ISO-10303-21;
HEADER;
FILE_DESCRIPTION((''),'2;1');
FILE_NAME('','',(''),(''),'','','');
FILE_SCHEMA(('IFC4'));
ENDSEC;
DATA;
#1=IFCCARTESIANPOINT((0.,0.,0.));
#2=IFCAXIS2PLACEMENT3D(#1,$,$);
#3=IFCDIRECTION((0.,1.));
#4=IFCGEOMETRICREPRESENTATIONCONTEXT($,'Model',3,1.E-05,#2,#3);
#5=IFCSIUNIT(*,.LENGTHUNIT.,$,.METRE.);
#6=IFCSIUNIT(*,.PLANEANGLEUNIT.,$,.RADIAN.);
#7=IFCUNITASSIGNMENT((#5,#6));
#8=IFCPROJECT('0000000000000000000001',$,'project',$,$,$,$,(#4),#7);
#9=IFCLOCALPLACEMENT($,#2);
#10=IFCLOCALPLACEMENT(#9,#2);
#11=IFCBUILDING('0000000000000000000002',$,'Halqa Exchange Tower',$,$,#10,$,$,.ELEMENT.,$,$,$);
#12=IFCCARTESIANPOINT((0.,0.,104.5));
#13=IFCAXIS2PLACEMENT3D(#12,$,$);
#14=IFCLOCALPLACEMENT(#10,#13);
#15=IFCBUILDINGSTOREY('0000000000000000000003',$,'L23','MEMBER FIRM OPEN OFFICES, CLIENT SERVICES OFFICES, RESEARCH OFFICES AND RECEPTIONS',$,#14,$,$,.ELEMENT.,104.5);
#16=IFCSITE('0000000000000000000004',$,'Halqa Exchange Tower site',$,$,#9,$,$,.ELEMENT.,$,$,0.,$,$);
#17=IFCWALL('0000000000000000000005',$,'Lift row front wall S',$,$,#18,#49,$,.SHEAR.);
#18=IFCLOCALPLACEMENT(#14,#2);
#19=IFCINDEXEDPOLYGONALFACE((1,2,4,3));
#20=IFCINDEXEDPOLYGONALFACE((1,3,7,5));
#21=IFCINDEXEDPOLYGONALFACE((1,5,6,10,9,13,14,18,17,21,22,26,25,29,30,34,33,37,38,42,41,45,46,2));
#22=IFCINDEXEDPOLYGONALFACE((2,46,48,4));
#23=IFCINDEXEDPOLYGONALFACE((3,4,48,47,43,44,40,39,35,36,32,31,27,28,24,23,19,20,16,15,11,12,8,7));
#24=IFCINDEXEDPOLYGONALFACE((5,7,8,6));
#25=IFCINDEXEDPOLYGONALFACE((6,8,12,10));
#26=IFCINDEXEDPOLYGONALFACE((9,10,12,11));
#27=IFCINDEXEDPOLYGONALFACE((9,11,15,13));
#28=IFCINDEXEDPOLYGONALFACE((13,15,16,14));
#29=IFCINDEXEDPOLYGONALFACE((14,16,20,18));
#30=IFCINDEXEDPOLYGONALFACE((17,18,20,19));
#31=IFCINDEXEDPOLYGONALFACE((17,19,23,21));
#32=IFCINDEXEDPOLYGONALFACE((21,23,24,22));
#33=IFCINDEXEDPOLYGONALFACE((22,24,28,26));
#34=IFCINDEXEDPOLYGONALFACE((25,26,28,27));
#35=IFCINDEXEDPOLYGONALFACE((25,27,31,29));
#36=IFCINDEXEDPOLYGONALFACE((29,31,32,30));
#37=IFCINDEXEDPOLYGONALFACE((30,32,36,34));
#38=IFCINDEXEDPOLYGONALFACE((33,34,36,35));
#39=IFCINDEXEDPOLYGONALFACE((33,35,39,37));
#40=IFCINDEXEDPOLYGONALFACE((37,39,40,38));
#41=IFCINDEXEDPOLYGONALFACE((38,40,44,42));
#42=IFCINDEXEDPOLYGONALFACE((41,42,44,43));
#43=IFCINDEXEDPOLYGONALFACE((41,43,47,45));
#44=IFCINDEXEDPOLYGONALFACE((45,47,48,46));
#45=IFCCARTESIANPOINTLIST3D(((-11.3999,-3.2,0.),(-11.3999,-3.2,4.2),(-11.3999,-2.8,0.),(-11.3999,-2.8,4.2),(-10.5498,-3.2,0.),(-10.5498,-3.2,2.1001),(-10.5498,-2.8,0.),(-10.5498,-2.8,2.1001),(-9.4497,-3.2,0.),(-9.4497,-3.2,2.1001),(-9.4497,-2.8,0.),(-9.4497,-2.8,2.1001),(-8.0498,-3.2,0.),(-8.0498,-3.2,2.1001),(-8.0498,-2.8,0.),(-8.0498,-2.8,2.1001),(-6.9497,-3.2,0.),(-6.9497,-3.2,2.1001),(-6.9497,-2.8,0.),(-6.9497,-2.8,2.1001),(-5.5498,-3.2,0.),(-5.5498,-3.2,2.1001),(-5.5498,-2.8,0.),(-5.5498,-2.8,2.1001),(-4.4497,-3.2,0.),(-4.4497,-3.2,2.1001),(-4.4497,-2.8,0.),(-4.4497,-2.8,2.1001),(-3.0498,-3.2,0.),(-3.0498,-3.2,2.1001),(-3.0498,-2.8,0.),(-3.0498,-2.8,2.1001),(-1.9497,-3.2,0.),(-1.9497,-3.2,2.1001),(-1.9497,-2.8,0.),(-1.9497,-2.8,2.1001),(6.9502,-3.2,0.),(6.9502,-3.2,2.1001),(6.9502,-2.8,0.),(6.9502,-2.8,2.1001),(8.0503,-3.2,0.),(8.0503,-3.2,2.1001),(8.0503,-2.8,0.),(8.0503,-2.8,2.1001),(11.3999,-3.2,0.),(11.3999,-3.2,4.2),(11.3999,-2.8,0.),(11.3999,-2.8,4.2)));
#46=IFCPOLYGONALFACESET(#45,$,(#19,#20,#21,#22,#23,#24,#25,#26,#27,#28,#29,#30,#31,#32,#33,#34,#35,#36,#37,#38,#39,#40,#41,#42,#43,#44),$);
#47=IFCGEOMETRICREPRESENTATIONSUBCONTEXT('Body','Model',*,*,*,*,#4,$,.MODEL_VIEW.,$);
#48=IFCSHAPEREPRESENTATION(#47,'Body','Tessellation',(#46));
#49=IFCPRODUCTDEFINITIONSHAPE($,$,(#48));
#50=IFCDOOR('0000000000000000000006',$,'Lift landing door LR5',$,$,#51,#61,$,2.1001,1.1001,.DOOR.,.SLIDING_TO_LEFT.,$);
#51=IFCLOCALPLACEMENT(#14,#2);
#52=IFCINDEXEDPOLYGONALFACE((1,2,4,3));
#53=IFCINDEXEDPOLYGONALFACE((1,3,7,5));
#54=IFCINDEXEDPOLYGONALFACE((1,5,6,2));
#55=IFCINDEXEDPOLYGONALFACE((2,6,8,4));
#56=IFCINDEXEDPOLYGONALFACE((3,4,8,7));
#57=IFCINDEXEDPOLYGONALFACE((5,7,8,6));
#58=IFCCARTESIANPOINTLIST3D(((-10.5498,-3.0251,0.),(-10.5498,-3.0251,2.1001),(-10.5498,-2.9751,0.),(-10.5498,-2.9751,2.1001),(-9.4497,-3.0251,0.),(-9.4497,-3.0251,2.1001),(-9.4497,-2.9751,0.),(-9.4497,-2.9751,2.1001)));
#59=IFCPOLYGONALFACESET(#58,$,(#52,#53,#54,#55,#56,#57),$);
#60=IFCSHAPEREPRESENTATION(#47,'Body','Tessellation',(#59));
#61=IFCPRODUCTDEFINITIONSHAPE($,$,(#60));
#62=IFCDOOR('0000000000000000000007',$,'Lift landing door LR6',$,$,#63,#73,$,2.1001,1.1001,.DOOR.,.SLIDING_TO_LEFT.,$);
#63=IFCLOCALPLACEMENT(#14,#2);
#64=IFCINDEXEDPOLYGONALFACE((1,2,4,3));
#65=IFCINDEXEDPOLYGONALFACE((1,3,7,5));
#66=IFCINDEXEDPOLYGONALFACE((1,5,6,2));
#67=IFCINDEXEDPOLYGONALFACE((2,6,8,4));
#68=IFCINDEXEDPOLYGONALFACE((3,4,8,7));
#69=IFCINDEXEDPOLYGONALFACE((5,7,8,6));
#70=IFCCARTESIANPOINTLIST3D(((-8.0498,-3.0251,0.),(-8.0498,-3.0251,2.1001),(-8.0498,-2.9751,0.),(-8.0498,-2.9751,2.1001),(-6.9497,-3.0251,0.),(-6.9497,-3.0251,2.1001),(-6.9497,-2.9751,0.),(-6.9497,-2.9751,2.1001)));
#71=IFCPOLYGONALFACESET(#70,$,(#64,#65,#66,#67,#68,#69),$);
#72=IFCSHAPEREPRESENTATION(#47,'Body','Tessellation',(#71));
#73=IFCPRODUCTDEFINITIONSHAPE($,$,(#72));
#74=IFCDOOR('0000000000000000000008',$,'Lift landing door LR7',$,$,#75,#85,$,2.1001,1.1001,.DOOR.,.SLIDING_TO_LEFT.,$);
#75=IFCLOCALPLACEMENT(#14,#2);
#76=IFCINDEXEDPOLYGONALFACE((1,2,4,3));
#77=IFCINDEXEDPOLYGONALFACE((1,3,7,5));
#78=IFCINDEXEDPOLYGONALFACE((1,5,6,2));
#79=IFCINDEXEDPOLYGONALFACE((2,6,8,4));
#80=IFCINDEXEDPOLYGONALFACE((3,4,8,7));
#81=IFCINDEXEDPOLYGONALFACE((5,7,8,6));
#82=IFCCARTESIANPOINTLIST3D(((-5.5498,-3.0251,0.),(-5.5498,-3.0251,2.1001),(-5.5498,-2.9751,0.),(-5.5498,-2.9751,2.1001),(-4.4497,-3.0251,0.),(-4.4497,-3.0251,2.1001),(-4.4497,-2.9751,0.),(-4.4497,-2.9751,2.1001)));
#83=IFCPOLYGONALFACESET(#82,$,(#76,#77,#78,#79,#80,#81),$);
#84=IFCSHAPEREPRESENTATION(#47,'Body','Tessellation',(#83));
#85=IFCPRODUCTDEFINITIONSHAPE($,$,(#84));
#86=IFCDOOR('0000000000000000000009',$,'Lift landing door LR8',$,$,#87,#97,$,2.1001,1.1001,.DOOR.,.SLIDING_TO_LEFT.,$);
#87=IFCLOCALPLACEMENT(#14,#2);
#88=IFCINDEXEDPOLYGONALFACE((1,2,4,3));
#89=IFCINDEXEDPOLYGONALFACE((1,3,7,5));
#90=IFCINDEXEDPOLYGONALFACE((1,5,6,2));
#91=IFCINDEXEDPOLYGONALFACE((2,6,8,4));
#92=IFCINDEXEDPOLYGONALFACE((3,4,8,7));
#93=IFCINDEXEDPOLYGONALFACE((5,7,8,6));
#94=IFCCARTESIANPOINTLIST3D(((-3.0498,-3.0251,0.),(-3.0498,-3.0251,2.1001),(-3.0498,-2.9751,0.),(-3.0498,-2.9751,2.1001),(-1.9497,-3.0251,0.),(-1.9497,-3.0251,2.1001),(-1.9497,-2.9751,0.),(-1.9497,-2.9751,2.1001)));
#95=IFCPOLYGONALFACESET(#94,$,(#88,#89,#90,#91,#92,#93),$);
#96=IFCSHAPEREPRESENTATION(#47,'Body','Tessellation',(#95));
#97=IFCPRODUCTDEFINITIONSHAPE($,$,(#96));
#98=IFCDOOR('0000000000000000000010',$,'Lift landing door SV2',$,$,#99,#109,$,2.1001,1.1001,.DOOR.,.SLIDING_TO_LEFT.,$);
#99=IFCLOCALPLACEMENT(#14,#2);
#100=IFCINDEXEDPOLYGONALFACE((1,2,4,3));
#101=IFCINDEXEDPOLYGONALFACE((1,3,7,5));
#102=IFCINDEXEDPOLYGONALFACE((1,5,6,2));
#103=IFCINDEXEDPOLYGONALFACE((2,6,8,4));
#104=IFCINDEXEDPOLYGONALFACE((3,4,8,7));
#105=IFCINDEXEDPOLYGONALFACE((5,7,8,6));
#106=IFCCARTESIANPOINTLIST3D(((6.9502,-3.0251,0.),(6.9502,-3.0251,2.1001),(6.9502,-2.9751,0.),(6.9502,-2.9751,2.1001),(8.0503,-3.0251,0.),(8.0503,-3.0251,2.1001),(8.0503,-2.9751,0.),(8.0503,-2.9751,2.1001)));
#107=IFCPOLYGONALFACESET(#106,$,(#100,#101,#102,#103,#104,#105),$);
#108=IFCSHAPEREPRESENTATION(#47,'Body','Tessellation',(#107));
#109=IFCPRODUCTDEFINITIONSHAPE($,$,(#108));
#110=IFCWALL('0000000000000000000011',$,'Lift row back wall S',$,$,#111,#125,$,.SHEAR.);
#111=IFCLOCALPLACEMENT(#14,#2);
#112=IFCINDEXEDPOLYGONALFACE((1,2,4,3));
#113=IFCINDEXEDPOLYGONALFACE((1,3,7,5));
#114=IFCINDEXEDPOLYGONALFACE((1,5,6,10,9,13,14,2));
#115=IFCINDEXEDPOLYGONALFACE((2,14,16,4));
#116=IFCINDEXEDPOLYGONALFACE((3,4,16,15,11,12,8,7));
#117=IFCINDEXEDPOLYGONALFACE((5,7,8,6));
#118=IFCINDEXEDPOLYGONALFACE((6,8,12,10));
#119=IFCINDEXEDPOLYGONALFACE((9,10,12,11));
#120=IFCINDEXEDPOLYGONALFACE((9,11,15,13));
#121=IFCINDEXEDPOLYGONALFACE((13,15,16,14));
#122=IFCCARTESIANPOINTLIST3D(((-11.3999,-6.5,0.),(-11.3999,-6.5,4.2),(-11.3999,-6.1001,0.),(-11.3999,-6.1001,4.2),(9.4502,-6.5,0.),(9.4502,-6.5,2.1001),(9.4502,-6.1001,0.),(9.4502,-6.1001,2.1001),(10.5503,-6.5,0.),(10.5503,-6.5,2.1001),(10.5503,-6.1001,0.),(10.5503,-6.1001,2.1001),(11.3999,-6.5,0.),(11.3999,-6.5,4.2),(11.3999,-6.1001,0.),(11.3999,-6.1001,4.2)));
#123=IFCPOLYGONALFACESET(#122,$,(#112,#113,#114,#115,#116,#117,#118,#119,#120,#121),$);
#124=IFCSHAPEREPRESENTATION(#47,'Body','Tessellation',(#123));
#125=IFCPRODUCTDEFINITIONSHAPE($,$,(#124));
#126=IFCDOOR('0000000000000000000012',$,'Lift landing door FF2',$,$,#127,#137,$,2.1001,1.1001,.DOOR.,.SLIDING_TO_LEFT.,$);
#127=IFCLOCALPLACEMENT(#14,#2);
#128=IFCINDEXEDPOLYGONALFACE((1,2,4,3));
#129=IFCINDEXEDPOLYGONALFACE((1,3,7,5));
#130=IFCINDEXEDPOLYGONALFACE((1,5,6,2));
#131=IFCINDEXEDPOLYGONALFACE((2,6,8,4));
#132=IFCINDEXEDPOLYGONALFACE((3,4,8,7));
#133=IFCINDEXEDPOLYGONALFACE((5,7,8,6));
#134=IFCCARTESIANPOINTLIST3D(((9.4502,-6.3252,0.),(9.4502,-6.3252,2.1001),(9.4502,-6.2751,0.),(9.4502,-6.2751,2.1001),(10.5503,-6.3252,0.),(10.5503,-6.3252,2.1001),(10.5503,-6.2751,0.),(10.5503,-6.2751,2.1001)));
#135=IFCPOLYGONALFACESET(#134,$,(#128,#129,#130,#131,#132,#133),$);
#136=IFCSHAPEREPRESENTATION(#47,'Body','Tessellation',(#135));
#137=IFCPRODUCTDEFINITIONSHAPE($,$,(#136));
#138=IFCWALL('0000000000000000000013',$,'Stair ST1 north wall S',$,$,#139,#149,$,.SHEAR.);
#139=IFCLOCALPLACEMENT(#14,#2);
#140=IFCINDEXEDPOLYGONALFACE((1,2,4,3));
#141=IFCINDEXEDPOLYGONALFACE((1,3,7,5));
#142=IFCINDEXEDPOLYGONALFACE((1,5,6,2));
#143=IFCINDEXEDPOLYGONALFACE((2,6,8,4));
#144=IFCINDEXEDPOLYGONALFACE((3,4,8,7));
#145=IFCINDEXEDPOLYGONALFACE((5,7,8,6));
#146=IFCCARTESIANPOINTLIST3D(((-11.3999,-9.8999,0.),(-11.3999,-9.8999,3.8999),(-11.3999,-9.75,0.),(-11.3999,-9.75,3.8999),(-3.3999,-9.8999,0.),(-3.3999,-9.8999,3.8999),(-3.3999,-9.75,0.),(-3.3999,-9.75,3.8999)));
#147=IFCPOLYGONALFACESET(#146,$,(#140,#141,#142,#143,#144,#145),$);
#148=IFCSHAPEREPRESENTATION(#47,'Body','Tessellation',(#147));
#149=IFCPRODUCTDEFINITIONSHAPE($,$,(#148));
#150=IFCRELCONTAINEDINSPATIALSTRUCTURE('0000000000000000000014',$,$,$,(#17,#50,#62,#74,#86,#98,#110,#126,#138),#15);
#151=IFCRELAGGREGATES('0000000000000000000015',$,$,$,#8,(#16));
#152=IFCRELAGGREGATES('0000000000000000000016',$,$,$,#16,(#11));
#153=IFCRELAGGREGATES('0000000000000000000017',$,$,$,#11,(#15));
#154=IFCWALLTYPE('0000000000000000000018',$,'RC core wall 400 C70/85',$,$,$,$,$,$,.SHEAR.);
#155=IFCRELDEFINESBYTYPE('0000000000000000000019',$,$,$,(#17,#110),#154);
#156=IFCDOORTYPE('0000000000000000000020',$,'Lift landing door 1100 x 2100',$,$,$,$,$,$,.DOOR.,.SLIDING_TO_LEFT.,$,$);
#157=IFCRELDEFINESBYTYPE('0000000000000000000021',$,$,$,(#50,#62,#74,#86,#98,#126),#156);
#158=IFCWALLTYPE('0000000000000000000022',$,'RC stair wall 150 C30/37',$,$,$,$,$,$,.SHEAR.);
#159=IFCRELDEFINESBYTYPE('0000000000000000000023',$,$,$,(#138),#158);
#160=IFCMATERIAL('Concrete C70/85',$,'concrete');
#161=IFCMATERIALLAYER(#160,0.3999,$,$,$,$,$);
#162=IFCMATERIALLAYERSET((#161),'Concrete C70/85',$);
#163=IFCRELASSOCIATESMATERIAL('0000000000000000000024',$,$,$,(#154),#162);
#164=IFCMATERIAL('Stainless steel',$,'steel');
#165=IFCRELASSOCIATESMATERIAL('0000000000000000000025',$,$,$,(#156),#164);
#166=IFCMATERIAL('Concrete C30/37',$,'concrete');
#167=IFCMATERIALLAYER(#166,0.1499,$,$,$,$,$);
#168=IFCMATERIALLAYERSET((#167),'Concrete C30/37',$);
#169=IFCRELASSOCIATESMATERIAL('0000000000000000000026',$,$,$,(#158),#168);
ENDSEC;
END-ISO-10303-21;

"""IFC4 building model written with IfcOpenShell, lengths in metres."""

from ifc_helpers import new_model, si_unit, direction, frame, frame_2d, origin, place, context, subcontext, project, spatial, rectangle, extrude, material, layer, layer_set, type_object, element, fill, save


model = new_model("IFC4")

# Units and contexts
model_context = context("Model", 3, precision=1e-05, world=origin(), true_north=direction((0.0, 1.0)))
body_context = subcontext(model_context, "Body", "Model", "MODEL_VIEW")
ifc_project = project(units=[si_unit("LENGTHUNIT", "METRE"), si_unit("PLANEANGLEUNIT", "RADIAN")], contexts=[model_context])

# Site, building, storey
site_placement = place(None, origin())
site = spatial("IfcSite", under=ifc_project, at=site_placement, Name="Halqa Exchange Tower site", CompositionType="ELEMENT", RefElevation=0.0)
building_placement = place(site_placement, origin())
building = spatial("IfcBuilding", under=site, at=building_placement, Name="Halqa Exchange Tower", CompositionType="ELEMENT")
storey_placement = place(building_placement, frame((0.0, 0.0, 104.5)))
storey = spatial("IfcBuildingStorey", under=building, at=storey_placement, Name="L23", Description="MEMBER FIRM OPEN OFFICES, CLIENT SERVICES OFFICES, RESEARCH OFFICES AND RECEPTIONS", CompositionType="ELEMENT", Elevation=104.5)

# Wall, openings, doors
ifc_material_1 = material(Name="Concrete C70/85", Category="concrete")
ifc_layer_1 = layer(ifc_material_1, 0.3999)
ifc_layer_set_1 = layer_set([ifc_layer_1], Name="Concrete C70/85")
wall_type_1 = type_object("IfcWallType", Name="RC core wall 400 C70/85", PredefinedType="SHEAR", material=ifc_layer_set_1)
wall_1_placement = place(storey_placement, frame((-11.3999, -3.0, 0.0), z_axis=(0.0, 0.0, 1.0), x_axis=(1.0, 0.0, 0.0)))
wall_1 = element("IfcWall", 1, at=wall_1_placement, inside=storey, type_object=wall_type_1, Name="Lift row front wall S", PredefinedType="SHEAR", context=body_context, shape_type="SweptSolid", body=[
    extrude(rectangle(XDim=22.7998, YDim=0.3999, at=frame_2d((11.3999, 0.0))), origin(), (0.0, 0.0, 1.0), 4.2),
])
opening_1_placement = place(wall_1_placement, frame((0.8501, 0.0, 0.0)))
opening_1 = element("IfcOpeningElement", 2, at=opening_1_placement, cuts=wall_1, PredefinedType="OPENING", context=body_context, shape_type="SweptSolid", body=[
    extrude(rectangle(XDim=1.1001, YDim=2.1001, at=frame_2d((0.55, 1.05))), frame((0.0, 0.2119, 0.0), z_axis=(0.0, -1.0, 0.0), x_axis=(1.0, 0.0, 0.0)), (0.0, 0.0, 1.0), 0.4238),
])
opening_2_placement = place(wall_1_placement, frame((3.3501, 0.0, 0.0)))
opening_2 = element("IfcOpeningElement", 3, at=opening_2_placement, cuts=wall_1, PredefinedType="OPENING", context=body_context, shape_type="SweptSolid", body=[
    extrude(rectangle(XDim=1.1001, YDim=2.1001, at=frame_2d((0.55, 1.05))), frame((0.0, 0.2119, 0.0), z_axis=(0.0, -1.0, 0.0), x_axis=(1.0, 0.0, 0.0)), (0.0, 0.0, 1.0), 0.4238),
])
opening_3_placement = place(wall_1_placement, frame((5.8501, 0.0, 0.0)))
opening_3 = element("IfcOpeningElement", 4, at=opening_3_placement, cuts=wall_1, PredefinedType="OPENING", context=body_context, shape_type="SweptSolid", body=[
    extrude(rectangle(XDim=1.1001, YDim=2.1001, at=frame_2d((0.55, 1.05))), frame((0.0, 0.2119, 0.0), z_axis=(0.0, -1.0, 0.0), x_axis=(1.0, 0.0, 0.0)), (0.0, 0.0, 1.0), 0.4238),
])
opening_4_placement = place(wall_1_placement, frame((8.3501, 0.0, 0.0)))
opening_4 = element("IfcOpeningElement", 5, at=opening_4_placement, cuts=wall_1, PredefinedType="OPENING", context=body_context, shape_type="SweptSolid", body=[
    extrude(rectangle(XDim=1.1001, YDim=2.1001, at=frame_2d((0.55, 1.05))), frame((0.0, 0.2119, 0.0), z_axis=(0.0, -1.0, 0.0), x_axis=(1.0, 0.0, 0.0)), (0.0, 0.0, 1.0), 0.4238),
])
opening_5_placement = place(wall_1_placement, frame((18.3501, 0.0, 0.0)))
opening_5 = element("IfcOpeningElement", 6, at=opening_5_placement, cuts=wall_1, PredefinedType="OPENING", context=body_context, shape_type="SweptSolid", body=[
    extrude(rectangle(XDim=1.1001, YDim=2.1001, at=frame_2d((0.55, 1.05))), frame((0.0, 0.2119, 0.0), z_axis=(0.0, -1.0, 0.0), x_axis=(1.0, 0.0, 0.0)), (0.0, 0.0, 1.0), 0.4238),
])
ifc_material_2 = material(Name="Stainless steel", Category="steel")
door_type = type_object("IfcDoorType", Name="Lift landing door 1100 x 2100", OperationType="SLIDING_TO_LEFT", PredefinedType="DOOR", material=ifc_material_2)
door_1_placement = place(opening_1_placement, origin())
door_1 = element("IfcDoor", 7, at=door_1_placement, inside=storey, type_object=door_type, Name="Lift landing door LR5", OperationType="SLIDING_TO_LEFT", OverallHeight=2.1001, OverallWidth=1.1001, PredefinedType="DOOR", context=body_context, shape_type="SweptSolid", body=[
    extrude(rectangle(XDim=1.1001, YDim=2.1001, at=frame_2d((0.55, 1.05))), frame((0.0, 0.0249, 0.0), z_axis=(0.0, -1.0, 0.0), x_axis=(1.0, 0.0, 0.0)), (0.0, 0.0, 1.0), 0.05),
])
fill(opening_1, door_1)
door_2_placement = place(opening_2_placement, origin())
door_2 = element("IfcDoor", 8, at=door_2_placement, inside=storey, type_object=door_type, Name="Lift landing door LR6", OperationType="SLIDING_TO_LEFT", OverallHeight=2.1001, OverallWidth=1.1001, PredefinedType="DOOR", context=body_context, shape_type="SweptSolid", body=[
    extrude(rectangle(XDim=1.1001, YDim=2.1001, at=frame_2d((0.55, 1.05))), frame((0.0, 0.0249, 0.0), z_axis=(0.0, -1.0, 0.0), x_axis=(1.0, 0.0, 0.0)), (0.0, 0.0, 1.0), 0.05),
])
fill(opening_2, door_2)
door_3_placement = place(opening_3_placement, origin())
door_3 = element("IfcDoor", 9, at=door_3_placement, inside=storey, type_object=door_type, Name="Lift landing door LR7", OperationType="SLIDING_TO_LEFT", OverallHeight=2.1001, OverallWidth=1.1001, PredefinedType="DOOR", context=body_context, shape_type="SweptSolid", body=[
    extrude(rectangle(XDim=1.1001, YDim=2.1001, at=frame_2d((0.55, 1.05))), frame((0.0, 0.0249, 0.0), z_axis=(0.0, -1.0, 0.0), x_axis=(1.0, 0.0, 0.0)), (0.0, 0.0, 1.0), 0.05),
])
fill(opening_3, door_3)
door_4_placement = place(opening_4_placement, origin())
door_4 = element("IfcDoor", 10, at=door_4_placement, inside=storey, type_object=door_type, Name="Lift landing door LR8", OperationType="SLIDING_TO_LEFT", OverallHeight=2.1001, OverallWidth=1.1001, PredefinedType="DOOR", context=body_context, shape_type="SweptSolid", body=[
    extrude(rectangle(XDim=1.1001, YDim=2.1001, at=frame_2d((0.55, 1.05))), frame((0.0, 0.0249, 0.0), z_axis=(0.0, -1.0, 0.0), x_axis=(1.0, 0.0, 0.0)), (0.0, 0.0, 1.0), 0.05),
])
fill(opening_4, door_4)
door_5_placement = place(opening_5_placement, origin())
door_5 = element("IfcDoor", 11, at=door_5_placement, inside=storey, type_object=door_type, Name="Lift landing door SV2", OperationType="SLIDING_TO_LEFT", OverallHeight=2.1001, OverallWidth=1.1001, PredefinedType="DOOR", context=body_context, shape_type="SweptSolid", body=[
    extrude(rectangle(XDim=1.1001, YDim=2.1001, at=frame_2d((0.55, 1.05))), frame((0.0, 0.0249, 0.0), z_axis=(0.0, -1.0, 0.0), x_axis=(1.0, 0.0, 0.0)), (0.0, 0.0, 1.0), 0.05),
])
fill(opening_5, door_5)

# Wall, opening, door
wall_2_placement = place(storey_placement, frame((-11.3999, -6.3, 0.0), z_axis=(0.0, 0.0, 1.0), x_axis=(1.0, 0.0, 0.0)))
wall_2 = element("IfcWall", 12, at=wall_2_placement, inside=storey, type_object=wall_type_1, Name="Lift row back wall S", PredefinedType="SHEAR", context=body_context, shape_type="SweptSolid", body=[
    extrude(rectangle(XDim=22.7998, YDim=0.3999, at=frame_2d((11.3999, 0.0))), origin(), (0.0, 0.0, 1.0), 4.2),
])
opening_6_placement = place(wall_2_placement, frame((20.8501, 0.0, 0.0)))
opening_6 = element("IfcOpeningElement", 13, at=opening_6_placement, cuts=wall_2, PredefinedType="OPENING", context=body_context, shape_type="SweptSolid", body=[
    extrude(rectangle(XDim=1.1001, YDim=2.1001, at=frame_2d((0.55, 1.05))), frame((0.0, 0.2119, 0.0), z_axis=(0.0, -1.0, 0.0), x_axis=(1.0, 0.0, 0.0)), (0.0, 0.0, 1.0), 0.4238),
])
door_6_placement = place(opening_6_placement, origin())
door_6 = element("IfcDoor", 14, at=door_6_placement, inside=storey, type_object=door_type, Name="Lift landing door FF2", OperationType="SLIDING_TO_LEFT", OverallHeight=2.1001, OverallWidth=1.1001, PredefinedType="DOOR", context=body_context, shape_type="SweptSolid", body=[
    extrude(rectangle(XDim=1.1001, YDim=2.1001, at=frame_2d((0.55, 1.05))), frame((0.0, 0.0249, 0.0), z_axis=(0.0, -1.0, 0.0), x_axis=(1.0, 0.0, 0.0)), (0.0, 0.0, 1.0), 0.05),
])
fill(opening_6, door_6)

# Wall
ifc_material_3 = material(Name="Concrete C30/37", Category="concrete")
ifc_layer_2 = layer(ifc_material_3, 0.1499)
ifc_layer_set_2 = layer_set([ifc_layer_2], Name="Concrete C30/37")
wall_type_2 = type_object("IfcWallType", Name="RC stair wall 150 C30/37", PredefinedType="SHEAR", material=ifc_layer_set_2)
wall_3_placement = place(storey_placement, frame((-11.3999, -9.825, 0.0), z_axis=(0.0, 0.0, 1.0), x_axis=(1.0, 0.0, 0.0)))
element("IfcWall", 15, at=wall_3_placement, inside=storey, type_object=wall_type_2, Name="Stair ST1 north wall S", PredefinedType="SHEAR", context=body_context, shape_type="SweptSolid", body=[
    extrude(rectangle(XDim=8.0, YDim=0.1499, at=frame_2d((4.0, 0.0))), origin(), (0.0, 0.0, 1.0), 3.8999),
])

save(model, "model.ifc")
